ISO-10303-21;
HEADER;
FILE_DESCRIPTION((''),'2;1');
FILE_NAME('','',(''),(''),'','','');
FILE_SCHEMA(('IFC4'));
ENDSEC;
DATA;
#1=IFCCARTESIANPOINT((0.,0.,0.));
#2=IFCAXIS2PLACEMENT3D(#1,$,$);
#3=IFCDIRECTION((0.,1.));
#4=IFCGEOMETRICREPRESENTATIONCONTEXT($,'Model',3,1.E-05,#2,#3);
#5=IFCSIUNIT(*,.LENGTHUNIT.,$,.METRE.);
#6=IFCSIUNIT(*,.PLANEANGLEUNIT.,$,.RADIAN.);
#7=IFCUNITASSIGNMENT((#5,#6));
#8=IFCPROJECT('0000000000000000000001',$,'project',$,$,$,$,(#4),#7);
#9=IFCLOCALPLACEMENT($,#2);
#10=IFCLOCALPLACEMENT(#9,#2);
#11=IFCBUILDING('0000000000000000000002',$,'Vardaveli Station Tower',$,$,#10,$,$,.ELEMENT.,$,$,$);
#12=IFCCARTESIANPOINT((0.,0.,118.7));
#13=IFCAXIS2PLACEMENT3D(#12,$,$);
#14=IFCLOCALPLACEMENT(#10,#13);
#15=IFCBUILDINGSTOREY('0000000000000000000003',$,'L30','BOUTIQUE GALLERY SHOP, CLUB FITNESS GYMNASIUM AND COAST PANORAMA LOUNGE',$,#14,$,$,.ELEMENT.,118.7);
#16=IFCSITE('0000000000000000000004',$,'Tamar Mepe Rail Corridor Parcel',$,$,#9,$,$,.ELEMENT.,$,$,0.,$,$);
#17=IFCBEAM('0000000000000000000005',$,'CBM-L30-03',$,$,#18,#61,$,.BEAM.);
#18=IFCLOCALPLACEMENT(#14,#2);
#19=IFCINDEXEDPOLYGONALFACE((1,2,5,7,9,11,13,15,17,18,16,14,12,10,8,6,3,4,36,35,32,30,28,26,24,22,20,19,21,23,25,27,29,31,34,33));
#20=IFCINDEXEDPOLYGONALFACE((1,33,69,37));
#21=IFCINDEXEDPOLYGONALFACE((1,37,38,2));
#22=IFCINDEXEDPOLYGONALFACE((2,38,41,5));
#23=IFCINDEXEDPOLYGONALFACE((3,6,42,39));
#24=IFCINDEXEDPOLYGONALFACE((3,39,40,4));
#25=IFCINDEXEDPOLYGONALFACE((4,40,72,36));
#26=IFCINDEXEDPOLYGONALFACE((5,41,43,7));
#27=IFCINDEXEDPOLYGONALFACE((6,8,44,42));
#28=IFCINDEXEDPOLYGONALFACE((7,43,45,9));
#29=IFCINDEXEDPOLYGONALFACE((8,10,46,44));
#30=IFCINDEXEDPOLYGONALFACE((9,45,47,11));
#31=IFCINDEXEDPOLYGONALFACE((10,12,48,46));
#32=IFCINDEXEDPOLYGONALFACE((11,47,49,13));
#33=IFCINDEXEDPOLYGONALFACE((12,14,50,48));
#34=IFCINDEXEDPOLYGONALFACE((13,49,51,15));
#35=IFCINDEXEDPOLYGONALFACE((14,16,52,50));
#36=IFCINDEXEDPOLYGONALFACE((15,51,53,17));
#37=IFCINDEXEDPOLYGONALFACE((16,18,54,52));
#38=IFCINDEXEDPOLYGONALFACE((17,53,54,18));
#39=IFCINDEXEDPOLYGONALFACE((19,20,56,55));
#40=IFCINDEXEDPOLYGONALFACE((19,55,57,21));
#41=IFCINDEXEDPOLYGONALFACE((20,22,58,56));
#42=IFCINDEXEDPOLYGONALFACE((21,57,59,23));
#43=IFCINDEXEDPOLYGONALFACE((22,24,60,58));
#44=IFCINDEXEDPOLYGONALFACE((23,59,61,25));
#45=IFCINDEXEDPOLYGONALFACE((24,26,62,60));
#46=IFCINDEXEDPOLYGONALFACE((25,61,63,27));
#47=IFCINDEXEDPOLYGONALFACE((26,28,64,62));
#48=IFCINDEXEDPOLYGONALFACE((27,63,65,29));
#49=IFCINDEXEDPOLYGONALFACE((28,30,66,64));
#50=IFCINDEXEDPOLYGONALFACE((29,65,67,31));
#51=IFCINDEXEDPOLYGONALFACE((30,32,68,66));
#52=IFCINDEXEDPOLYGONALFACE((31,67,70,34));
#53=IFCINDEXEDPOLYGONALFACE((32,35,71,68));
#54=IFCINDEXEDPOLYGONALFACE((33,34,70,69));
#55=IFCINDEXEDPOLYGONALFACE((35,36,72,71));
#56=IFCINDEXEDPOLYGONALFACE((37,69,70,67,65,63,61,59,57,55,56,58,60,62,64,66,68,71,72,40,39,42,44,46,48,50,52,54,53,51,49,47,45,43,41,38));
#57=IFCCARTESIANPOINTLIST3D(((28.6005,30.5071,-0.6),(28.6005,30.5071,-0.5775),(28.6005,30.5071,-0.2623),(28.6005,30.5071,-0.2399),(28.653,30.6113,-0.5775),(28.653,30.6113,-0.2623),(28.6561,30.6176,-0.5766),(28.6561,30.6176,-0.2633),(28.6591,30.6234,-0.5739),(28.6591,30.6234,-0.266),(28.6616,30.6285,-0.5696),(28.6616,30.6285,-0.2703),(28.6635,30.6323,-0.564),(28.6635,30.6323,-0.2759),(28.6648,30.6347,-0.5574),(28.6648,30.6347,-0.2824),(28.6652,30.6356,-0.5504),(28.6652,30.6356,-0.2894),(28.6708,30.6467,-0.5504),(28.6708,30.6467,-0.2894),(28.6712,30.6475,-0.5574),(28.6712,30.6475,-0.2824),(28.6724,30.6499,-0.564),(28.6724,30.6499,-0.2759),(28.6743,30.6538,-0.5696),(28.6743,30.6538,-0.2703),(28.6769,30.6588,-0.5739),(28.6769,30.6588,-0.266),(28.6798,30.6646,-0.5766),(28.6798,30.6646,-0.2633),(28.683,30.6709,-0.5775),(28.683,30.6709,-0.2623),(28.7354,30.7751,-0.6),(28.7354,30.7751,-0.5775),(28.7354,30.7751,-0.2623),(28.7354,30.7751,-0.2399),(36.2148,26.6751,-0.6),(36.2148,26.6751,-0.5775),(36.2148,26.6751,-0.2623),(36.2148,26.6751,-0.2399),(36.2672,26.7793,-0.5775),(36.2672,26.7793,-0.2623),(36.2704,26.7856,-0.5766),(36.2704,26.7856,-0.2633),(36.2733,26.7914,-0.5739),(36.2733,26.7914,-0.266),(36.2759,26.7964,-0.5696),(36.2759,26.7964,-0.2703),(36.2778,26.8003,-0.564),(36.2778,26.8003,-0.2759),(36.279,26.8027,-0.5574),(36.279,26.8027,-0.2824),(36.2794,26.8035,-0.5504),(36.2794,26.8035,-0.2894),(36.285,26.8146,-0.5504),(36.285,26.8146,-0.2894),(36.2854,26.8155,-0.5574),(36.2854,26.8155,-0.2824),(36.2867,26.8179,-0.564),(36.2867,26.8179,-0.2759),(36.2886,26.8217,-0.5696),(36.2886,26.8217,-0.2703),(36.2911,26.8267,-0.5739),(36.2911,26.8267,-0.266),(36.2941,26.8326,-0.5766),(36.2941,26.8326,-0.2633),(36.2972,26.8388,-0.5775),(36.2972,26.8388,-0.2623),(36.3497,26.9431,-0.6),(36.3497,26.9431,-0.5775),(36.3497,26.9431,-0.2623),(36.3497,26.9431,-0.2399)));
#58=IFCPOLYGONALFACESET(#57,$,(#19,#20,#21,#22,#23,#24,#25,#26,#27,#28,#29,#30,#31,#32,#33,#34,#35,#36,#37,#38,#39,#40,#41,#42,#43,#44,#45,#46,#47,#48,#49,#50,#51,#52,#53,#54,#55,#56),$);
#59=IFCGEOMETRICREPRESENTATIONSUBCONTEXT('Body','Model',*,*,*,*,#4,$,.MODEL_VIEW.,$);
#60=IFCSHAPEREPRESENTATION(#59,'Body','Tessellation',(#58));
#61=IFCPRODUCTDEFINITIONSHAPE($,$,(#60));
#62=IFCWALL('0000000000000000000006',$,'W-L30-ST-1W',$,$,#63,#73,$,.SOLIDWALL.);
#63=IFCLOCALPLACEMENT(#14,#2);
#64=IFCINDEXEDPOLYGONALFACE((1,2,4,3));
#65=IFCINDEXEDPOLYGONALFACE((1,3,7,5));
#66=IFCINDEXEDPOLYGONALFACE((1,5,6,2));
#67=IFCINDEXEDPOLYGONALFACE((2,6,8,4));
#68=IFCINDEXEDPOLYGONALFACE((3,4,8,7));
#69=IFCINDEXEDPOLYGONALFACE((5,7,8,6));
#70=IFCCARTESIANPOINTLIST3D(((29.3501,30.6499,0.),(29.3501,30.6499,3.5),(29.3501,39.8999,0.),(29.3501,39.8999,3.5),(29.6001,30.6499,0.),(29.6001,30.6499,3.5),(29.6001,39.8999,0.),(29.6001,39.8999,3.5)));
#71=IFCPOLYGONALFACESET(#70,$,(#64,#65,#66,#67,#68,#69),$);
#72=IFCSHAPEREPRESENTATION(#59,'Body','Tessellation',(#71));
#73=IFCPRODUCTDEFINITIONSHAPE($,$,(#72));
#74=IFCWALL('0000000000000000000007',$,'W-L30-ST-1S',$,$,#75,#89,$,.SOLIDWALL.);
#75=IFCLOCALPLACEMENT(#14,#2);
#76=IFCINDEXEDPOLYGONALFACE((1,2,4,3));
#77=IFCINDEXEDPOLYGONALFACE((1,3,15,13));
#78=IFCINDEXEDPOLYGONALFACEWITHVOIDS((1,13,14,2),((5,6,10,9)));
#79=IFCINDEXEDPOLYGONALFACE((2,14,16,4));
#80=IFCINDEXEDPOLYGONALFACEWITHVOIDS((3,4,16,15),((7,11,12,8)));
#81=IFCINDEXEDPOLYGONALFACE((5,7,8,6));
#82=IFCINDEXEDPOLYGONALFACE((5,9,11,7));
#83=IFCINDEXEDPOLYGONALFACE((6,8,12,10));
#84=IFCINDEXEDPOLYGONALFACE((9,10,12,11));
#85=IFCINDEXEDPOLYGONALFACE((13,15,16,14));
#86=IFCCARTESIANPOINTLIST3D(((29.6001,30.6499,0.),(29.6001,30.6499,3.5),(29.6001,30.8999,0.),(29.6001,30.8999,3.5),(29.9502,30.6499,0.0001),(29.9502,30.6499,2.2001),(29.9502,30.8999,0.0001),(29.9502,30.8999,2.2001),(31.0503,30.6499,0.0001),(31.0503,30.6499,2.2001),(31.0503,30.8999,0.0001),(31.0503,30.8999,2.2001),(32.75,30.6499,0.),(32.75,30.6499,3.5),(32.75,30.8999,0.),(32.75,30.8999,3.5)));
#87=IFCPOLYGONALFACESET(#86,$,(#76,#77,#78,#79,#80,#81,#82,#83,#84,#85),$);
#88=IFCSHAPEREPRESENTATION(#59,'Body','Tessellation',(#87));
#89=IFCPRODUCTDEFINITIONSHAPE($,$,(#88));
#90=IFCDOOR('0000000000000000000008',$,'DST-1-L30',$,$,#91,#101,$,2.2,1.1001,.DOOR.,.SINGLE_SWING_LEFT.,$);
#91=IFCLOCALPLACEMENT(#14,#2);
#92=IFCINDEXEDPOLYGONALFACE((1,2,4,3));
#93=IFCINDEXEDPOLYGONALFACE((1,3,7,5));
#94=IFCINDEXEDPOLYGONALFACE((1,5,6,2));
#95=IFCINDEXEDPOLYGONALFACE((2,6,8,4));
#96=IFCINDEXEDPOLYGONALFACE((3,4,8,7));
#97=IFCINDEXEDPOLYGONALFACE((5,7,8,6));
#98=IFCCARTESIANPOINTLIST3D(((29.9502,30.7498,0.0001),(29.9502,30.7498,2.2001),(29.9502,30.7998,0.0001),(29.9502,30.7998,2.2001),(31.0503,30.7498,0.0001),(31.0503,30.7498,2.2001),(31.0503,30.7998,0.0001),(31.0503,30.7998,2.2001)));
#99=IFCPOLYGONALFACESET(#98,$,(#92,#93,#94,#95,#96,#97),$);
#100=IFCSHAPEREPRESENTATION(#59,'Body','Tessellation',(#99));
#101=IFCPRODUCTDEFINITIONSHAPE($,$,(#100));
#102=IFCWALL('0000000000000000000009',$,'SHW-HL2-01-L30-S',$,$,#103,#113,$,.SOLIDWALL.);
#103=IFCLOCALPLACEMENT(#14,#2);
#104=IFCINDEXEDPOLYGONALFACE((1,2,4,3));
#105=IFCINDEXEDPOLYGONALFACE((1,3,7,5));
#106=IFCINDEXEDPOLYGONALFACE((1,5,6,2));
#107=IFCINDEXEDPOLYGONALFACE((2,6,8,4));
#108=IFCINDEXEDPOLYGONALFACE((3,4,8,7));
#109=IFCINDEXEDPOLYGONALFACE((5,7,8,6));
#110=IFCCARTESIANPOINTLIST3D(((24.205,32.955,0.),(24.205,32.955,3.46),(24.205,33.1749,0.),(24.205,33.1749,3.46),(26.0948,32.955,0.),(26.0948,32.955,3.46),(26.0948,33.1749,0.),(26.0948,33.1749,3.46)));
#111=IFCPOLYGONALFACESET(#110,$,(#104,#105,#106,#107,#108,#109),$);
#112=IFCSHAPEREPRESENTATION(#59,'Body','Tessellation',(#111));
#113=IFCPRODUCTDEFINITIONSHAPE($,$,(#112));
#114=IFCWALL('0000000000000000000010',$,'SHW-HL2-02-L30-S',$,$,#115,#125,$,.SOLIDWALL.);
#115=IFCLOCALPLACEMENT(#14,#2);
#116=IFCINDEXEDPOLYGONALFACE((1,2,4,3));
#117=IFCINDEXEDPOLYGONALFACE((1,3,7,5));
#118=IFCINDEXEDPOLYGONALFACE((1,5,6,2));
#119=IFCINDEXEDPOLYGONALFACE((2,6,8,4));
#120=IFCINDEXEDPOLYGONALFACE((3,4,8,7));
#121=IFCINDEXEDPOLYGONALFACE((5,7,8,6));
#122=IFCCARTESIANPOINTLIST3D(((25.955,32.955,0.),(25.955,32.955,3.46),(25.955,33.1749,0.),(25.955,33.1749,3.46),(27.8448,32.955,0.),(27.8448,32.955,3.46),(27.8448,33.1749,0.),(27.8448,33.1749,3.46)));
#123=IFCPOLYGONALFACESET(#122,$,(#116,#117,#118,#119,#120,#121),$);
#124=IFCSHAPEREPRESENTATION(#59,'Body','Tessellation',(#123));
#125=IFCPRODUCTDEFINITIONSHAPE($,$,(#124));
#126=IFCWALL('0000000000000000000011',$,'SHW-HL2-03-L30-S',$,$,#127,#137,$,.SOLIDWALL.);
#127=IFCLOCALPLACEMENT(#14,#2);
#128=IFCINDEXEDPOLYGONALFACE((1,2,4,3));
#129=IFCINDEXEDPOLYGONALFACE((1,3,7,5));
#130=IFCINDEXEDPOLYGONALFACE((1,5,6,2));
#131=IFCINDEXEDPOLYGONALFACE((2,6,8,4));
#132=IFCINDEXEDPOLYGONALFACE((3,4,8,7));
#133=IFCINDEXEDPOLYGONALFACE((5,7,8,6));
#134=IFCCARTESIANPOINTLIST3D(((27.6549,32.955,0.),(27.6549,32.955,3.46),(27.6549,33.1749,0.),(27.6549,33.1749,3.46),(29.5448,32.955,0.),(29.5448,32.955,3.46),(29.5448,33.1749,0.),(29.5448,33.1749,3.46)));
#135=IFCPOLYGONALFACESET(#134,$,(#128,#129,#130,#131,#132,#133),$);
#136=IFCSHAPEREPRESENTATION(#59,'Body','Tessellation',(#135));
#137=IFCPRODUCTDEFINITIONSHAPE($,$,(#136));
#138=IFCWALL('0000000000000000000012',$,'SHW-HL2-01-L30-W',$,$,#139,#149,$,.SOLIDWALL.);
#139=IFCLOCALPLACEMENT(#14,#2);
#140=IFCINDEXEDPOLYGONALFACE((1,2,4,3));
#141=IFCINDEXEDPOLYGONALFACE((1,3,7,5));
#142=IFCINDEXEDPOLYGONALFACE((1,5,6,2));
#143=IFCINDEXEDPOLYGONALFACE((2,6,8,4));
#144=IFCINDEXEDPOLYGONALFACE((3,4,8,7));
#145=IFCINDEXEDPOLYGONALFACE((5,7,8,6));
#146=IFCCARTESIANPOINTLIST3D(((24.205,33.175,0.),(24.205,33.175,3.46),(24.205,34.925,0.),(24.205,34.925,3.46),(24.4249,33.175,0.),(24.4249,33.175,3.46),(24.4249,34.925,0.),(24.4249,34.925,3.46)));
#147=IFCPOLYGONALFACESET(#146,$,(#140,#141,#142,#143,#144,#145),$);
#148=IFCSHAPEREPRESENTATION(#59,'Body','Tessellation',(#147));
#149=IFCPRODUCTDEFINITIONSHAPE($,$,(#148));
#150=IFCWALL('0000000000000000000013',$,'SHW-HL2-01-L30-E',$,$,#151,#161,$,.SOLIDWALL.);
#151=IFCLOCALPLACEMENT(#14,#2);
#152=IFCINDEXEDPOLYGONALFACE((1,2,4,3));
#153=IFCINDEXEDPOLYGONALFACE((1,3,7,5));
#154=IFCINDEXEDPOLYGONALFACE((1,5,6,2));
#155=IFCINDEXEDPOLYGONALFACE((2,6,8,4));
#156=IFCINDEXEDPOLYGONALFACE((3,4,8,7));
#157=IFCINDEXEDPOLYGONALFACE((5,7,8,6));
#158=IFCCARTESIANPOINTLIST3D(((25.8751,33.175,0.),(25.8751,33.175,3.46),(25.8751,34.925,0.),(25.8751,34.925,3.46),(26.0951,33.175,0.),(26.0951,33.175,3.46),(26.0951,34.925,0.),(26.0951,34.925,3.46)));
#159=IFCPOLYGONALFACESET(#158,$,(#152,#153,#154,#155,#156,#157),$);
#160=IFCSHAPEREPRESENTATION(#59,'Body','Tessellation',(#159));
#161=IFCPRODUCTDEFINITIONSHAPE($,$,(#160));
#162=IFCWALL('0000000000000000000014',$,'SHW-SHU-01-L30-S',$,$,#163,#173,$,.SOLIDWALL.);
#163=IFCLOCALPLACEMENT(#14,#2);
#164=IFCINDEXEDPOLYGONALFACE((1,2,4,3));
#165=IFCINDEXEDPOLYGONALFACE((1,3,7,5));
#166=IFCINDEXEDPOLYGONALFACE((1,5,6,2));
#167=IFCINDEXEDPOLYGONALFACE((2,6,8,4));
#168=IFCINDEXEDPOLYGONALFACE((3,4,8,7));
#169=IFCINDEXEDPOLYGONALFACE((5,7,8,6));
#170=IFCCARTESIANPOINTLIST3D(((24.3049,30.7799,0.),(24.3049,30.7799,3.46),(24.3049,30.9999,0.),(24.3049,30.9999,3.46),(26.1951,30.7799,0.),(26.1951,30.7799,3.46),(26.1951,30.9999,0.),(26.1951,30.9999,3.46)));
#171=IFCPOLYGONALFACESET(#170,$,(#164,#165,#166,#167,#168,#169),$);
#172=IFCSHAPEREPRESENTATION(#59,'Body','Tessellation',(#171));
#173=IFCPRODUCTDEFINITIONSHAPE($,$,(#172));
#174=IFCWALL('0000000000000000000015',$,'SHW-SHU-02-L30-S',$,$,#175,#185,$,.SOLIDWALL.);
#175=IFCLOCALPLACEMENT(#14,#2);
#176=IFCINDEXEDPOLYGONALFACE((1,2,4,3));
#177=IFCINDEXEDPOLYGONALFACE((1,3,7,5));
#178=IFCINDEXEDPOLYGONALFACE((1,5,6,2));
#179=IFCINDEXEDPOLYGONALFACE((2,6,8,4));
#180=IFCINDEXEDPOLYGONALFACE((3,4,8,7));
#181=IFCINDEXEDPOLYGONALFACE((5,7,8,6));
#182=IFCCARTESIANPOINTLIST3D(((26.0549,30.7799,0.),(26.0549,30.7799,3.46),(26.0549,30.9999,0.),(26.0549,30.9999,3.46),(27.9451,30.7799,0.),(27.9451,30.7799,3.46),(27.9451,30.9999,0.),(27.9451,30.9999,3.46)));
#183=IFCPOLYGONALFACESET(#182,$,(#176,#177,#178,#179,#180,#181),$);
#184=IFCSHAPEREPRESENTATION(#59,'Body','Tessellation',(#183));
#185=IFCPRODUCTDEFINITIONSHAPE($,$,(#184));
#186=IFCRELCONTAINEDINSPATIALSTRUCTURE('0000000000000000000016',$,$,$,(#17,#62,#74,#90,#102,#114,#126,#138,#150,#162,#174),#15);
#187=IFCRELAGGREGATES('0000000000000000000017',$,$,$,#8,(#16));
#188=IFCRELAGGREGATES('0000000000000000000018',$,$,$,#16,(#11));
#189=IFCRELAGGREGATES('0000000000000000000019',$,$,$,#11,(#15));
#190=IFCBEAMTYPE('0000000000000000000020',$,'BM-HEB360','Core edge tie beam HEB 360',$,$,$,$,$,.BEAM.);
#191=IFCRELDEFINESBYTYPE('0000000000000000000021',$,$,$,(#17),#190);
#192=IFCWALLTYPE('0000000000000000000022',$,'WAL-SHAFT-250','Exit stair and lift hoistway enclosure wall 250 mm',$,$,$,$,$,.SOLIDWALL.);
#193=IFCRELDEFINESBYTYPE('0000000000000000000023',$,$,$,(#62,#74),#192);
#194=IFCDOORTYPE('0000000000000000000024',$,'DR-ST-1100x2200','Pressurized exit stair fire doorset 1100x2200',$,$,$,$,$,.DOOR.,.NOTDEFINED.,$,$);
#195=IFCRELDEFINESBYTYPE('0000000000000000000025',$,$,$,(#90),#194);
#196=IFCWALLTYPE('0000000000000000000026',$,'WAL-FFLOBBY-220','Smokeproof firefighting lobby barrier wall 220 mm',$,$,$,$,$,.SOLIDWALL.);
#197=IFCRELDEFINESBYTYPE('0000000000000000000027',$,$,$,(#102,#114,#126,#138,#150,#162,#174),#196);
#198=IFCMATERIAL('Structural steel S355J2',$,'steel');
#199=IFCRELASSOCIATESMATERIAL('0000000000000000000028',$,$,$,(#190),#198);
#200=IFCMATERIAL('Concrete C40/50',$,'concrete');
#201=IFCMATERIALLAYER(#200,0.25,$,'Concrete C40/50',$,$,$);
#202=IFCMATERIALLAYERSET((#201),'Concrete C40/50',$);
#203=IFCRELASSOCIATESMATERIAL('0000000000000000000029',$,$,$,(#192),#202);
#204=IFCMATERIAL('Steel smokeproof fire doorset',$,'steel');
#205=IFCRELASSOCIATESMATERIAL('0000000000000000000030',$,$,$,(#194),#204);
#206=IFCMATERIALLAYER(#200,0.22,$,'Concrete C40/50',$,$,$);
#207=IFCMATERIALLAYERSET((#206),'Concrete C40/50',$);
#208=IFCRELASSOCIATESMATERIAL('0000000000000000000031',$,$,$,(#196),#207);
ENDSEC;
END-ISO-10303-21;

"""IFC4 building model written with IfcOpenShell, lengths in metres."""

from ifc_helpers import new_model, si_unit, direction, frame, frame_2d, origin, origin_2d, place, context, subcontext, project, spatial, rectangle, i_section, extrude, source, transform, mapped, material, layer, layer_set, material_profile, profile_set, type_object, element, fill, save


model = new_model("IFC4")

# Units and contexts
model_context = context("Model", 3, precision=1e-05, world=origin(), true_north=direction((0.0, 1.0)))
body_context = subcontext(model_context, "Body", "Model", "MODEL_VIEW")
ifc_project = project(units=[si_unit("LENGTHUNIT", "METRE"), si_unit("PLANEANGLEUNIT", "RADIAN")], contexts=[model_context])

# Site, building, storey
site_placement = place(None, origin())
site = spatial("IfcSite", under=ifc_project, at=site_placement, Name="Tamar Mepe Rail Corridor Parcel", CompositionType="ELEMENT", RefElevation=0.0)
building_placement = place(site_placement, origin())
building = spatial("IfcBuilding", under=site, at=building_placement, Name="Vardaveli Station Tower", CompositionType="ELEMENT")
storey_placement = place(building_placement, frame((0.0, 0.0, 118.7)))
storey = spatial("IfcBuildingStorey", under=building, at=storey_placement, Name="L30", Description="BOUTIQUE GALLERY SHOP, CLUB FITNESS GYMNASIUM AND COAST PANORAMA LOUNGE", CompositionType="ELEMENT", Elevation=118.7)

# Beam
ifc_material_1 = material(Name="Structural steel S355J2", Category="steel")
ifc_material_profile_1 = material_profile(ifc_material_1, i_section(OverallWidth=0.3, OverallDepth=0.3601, WebThickness=0.0125, FlangeThickness=0.0225, FilletRadius=0.0271, at=origin_2d()), Name="HEB 360")
ifc_profile_set_1 = profile_set([ifc_material_profile_1], Name="Structural steel S355J2")
beam_type_1 = type_object("IfcBeamType", Name="BM-HEB360", Description="Core edge tie beam HEB 360", PredefinedType="BEAM", material=ifc_profile_set_1)
shared_shape_1 = source(origin(), body_context, "Body", "SweptSolid", [
    extrude(i_section(OverallWidth=0.3, OverallDepth=0.3601, WebThickness=0.0125, FlangeThickness=0.0225, FilletRadius=0.0271, at=origin_2d()), origin(), (0.0, 0.0, 1.0), 8.5242),
])
beam_1_placement = place(storey_placement, frame((28.668, 30.6411, -0.4199), z_axis=(0.893256, -0.449549, 0.0), x_axis=(0.449549, 0.893256, 0.0)))
element("IfcBeam", 1, at=beam_1_placement, inside=storey, type_object=beam_type_1, Name="CBM-L30-03", PredefinedType="BEAM", context=body_context, shape_type="MappedRepresentation", body=[
    mapped(shared_shape_1, transform((0.0, 0.0, 0.0), scale=1.0)),
])

# Wall
ifc_material_2 = material(Name="Concrete C40/50", Category="concrete")
ifc_layer_1 = layer(ifc_material_2, 0.25, Name="Concrete C40/50")
ifc_layer_set_1 = layer_set([ifc_layer_1], Name="Concrete C40/50")
wall_type_1 = type_object("IfcWallType", Name="WAL-SHAFT-250", Description="Exit stair and lift hoistway enclosure wall 250 mm", PredefinedType="SOLIDWALL", material=ifc_layer_set_1)
shared_shape_2 = source(origin(), body_context, "Body", "SweptSolid", [
    extrude(rectangle(XDim=9.25, YDim=0.25, at=frame_2d((4.625, 0.0))), origin(), (0.0, 0.0, 1.0), 3.5),
])
wall_1_placement = place(storey_placement, frame((29.4751, 30.6499, 0.0), z_axis=(0.0, 0.0, 1.0), x_axis=(0.0, 1.0, 0.0)))
element("IfcWall", 2, at=wall_1_placement, inside=storey, type_object=wall_type_1, Name="W-L30-ST-1W", PredefinedType="SOLIDWALL", context=body_context, shape_type="MappedRepresentation", body=[
    mapped(shared_shape_2, transform((0.0, 0.0, 0.0), scale=1.0)),
])

# Wall, opening, door
shared_shape_3 = source(origin(), body_context, "Body", "SweptSolid", [
    extrude(rectangle(XDim=3.1499, YDim=0.25, at=frame_2d((1.575, 0.0))), origin(), (0.0, 0.0, 1.0), 3.5),
])
wall_2_placement = place(storey_placement, frame((29.6001, 30.7749, 0.0), z_axis=(0.0, 0.0, 1.0), x_axis=(1.0, 0.0, 0.0)))
wall_2 = element("IfcWall", 3, at=wall_2_placement, inside=storey, type_object=wall_type_1, Name="W-L30-ST-1S", PredefinedType="SOLIDWALL", context=body_context, shape_type="MappedRepresentation", body=[
    mapped(shared_shape_3, transform((0.0, 0.0, 0.0), scale=1.0)),
])
shared_shape_4 = source(origin(), body_context, "Body", "SweptSolid", [
    extrude(rectangle(XDim=1.1001, YDim=2.2, at=frame_2d((0.55, 1.1001))), frame((0.0, 0.135, 0.0), z_axis=(0.0, -1.0, 0.0), x_axis=(1.0, 0.0, 0.0)), (0.0, 0.0, 1.0), 0.27),
])
opening_1_placement = place(wall_2_placement, frame((0.3501, 0.0, 0.0)))
opening_1 = element("IfcOpeningElement", 4, at=opening_1_placement, cuts=wall_2, PredefinedType="OPENING", context=body_context, shape_type="MappedRepresentation", body=[
    mapped(shared_shape_4, transform((0.0, 0.0, 0.0), scale=1.0)),
])
ifc_material_3 = material(Name="Steel smokeproof fire doorset", Category="steel")
door_type_1 = type_object("IfcDoorType", Name="DR-ST-1100x2200", Description="Pressurized exit stair fire doorset 1100x2200", OperationType="NOTDEFINED", PredefinedType="DOOR", material=ifc_material_3)
shared_shape_5 = source(origin(), body_context, "Body", "SweptSolid", [
    extrude(rectangle(XDim=1.1001, YDim=2.2, at=frame_2d((0.55, 1.1001))), frame((0.0, 0.0249, 0.0), z_axis=(0.0, -1.0, 0.0), x_axis=(1.0, 0.0, 0.0)), (0.0, 0.0, 1.0), 0.05),
])
door_1_placement = place(opening_1_placement, origin())
door_1 = element("IfcDoor", 5, at=door_1_placement, inside=storey, type_object=door_type_1, Name="DST-1-L30", OperationType="SINGLE_SWING_LEFT", OverallHeight=2.2, OverallWidth=1.1001, PredefinedType="DOOR", context=body_context, shape_type="MappedRepresentation", body=[
    mapped(shared_shape_5, transform((0.0, 0.0, 0.0), scale=1.0)),
])
fill(opening_1, door_1)

# Walls
ifc_layer_2 = layer(ifc_material_2, 0.22, Name="Concrete C40/50")
ifc_layer_set_2 = layer_set([ifc_layer_2], Name="Concrete C40/50")
wall_type_2 = type_object("IfcWallType", Name="WAL-FFLOBBY-220", Description="Smokeproof firefighting lobby barrier wall 220 mm", PredefinedType="SOLIDWALL", material=ifc_layer_set_2)
shared_shape_6 = source(origin(), body_context, "Body", "SweptSolid", [
    extrude(rectangle(XDim=1.8899, YDim=0.22, at=frame_2d((0.9448, 0.0))), origin(), (0.0, 0.0, 1.0), 3.46),
])
for number, where, z_axis, x_axis, name in (
    (6, (24.2051, 33.0649, 0.0), (0.0, 0.0, 1.0), (1.0, 0.0, 0.0), "SHW-HL2-01-L30-S"),
    (7, (25.9551, 33.0649, 0.0), (0.0, 0.0, 1.0), (1.0, 0.0, 0.0), "SHW-HL2-02-L30-S"),
    (8, (27.655, 33.0649, 0.0), (0.0, 0.0, 1.0), (1.0, 0.0, 0.0), "SHW-HL2-03-L30-S"),
):
    element("IfcWall", number, at=place(storey_placement, frame(where, z_axis=z_axis, x_axis=x_axis)), inside=storey, type_object=wall_type_2, Name=name, PredefinedType="SOLIDWALL", context=body_context, shape_type="MappedRepresentation", body=[
        mapped(shared_shape_6, transform((0.0, 0.0, 0.0), scale=1.0)),
    ])
shared_shape_7 = source(origin(), body_context, "Body", "SweptSolid", [
    extrude(rectangle(XDim=1.75, YDim=0.22, at=frame_2d((0.875, 0.0))), origin(), (0.0, 0.0, 1.0), 3.46),
])
for number, where, z_axis, x_axis, name in (
    (9, (24.3149, 33.175, 0.0), (0.0, 0.0, 1.0), (0.0, 1.0, 0.0), "SHW-HL2-01-L30-W"),
    (10, (25.9851, 33.175, 0.0), (0.0, 0.0, 1.0), (0.0, 1.0, 0.0), "SHW-HL2-01-L30-E"),
):
    element("IfcWall", number, at=place(storey_placement, frame(where, z_axis=z_axis, x_axis=x_axis)), inside=storey, type_object=wall_type_2, Name=name, PredefinedType="SOLIDWALL", context=body_context, shape_type="MappedRepresentation", body=[
        mapped(shared_shape_7, transform((0.0, 0.0, 0.0), scale=1.0)),
    ])
shared_shape_8 = source(origin(), body_context, "Body", "SweptSolid", [
    extrude(rectangle(XDim=1.8901, YDim=0.22, at=frame_2d((0.9451, 0.0))), origin(), (0.0, 0.0, 1.0), 3.46),
])
for number, where, z_axis, x_axis, name in (
    (11, (24.3049, 30.8899, 0.0), (0.0, 0.0, 1.0), (1.0, 0.0, 0.0), "SHW-SHU-01-L30-S"),
    (12, (26.0549, 30.8899, 0.0), (0.0, 0.0, 1.0), (1.0, 0.0, 0.0), "SHW-SHU-02-L30-S"),
):
    element("IfcWall", number, at=place(storey_placement, frame(where, z_axis=z_axis, x_axis=x_axis)), inside=storey, type_object=wall_type_2, Name=name, PredefinedType="SOLIDWALL", context=body_context, shape_type="MappedRepresentation", body=[
        mapped(shared_shape_8, transform((0.0, 0.0, 0.0), scale=1.0)),
    ])

save(model, "model.ifc")
